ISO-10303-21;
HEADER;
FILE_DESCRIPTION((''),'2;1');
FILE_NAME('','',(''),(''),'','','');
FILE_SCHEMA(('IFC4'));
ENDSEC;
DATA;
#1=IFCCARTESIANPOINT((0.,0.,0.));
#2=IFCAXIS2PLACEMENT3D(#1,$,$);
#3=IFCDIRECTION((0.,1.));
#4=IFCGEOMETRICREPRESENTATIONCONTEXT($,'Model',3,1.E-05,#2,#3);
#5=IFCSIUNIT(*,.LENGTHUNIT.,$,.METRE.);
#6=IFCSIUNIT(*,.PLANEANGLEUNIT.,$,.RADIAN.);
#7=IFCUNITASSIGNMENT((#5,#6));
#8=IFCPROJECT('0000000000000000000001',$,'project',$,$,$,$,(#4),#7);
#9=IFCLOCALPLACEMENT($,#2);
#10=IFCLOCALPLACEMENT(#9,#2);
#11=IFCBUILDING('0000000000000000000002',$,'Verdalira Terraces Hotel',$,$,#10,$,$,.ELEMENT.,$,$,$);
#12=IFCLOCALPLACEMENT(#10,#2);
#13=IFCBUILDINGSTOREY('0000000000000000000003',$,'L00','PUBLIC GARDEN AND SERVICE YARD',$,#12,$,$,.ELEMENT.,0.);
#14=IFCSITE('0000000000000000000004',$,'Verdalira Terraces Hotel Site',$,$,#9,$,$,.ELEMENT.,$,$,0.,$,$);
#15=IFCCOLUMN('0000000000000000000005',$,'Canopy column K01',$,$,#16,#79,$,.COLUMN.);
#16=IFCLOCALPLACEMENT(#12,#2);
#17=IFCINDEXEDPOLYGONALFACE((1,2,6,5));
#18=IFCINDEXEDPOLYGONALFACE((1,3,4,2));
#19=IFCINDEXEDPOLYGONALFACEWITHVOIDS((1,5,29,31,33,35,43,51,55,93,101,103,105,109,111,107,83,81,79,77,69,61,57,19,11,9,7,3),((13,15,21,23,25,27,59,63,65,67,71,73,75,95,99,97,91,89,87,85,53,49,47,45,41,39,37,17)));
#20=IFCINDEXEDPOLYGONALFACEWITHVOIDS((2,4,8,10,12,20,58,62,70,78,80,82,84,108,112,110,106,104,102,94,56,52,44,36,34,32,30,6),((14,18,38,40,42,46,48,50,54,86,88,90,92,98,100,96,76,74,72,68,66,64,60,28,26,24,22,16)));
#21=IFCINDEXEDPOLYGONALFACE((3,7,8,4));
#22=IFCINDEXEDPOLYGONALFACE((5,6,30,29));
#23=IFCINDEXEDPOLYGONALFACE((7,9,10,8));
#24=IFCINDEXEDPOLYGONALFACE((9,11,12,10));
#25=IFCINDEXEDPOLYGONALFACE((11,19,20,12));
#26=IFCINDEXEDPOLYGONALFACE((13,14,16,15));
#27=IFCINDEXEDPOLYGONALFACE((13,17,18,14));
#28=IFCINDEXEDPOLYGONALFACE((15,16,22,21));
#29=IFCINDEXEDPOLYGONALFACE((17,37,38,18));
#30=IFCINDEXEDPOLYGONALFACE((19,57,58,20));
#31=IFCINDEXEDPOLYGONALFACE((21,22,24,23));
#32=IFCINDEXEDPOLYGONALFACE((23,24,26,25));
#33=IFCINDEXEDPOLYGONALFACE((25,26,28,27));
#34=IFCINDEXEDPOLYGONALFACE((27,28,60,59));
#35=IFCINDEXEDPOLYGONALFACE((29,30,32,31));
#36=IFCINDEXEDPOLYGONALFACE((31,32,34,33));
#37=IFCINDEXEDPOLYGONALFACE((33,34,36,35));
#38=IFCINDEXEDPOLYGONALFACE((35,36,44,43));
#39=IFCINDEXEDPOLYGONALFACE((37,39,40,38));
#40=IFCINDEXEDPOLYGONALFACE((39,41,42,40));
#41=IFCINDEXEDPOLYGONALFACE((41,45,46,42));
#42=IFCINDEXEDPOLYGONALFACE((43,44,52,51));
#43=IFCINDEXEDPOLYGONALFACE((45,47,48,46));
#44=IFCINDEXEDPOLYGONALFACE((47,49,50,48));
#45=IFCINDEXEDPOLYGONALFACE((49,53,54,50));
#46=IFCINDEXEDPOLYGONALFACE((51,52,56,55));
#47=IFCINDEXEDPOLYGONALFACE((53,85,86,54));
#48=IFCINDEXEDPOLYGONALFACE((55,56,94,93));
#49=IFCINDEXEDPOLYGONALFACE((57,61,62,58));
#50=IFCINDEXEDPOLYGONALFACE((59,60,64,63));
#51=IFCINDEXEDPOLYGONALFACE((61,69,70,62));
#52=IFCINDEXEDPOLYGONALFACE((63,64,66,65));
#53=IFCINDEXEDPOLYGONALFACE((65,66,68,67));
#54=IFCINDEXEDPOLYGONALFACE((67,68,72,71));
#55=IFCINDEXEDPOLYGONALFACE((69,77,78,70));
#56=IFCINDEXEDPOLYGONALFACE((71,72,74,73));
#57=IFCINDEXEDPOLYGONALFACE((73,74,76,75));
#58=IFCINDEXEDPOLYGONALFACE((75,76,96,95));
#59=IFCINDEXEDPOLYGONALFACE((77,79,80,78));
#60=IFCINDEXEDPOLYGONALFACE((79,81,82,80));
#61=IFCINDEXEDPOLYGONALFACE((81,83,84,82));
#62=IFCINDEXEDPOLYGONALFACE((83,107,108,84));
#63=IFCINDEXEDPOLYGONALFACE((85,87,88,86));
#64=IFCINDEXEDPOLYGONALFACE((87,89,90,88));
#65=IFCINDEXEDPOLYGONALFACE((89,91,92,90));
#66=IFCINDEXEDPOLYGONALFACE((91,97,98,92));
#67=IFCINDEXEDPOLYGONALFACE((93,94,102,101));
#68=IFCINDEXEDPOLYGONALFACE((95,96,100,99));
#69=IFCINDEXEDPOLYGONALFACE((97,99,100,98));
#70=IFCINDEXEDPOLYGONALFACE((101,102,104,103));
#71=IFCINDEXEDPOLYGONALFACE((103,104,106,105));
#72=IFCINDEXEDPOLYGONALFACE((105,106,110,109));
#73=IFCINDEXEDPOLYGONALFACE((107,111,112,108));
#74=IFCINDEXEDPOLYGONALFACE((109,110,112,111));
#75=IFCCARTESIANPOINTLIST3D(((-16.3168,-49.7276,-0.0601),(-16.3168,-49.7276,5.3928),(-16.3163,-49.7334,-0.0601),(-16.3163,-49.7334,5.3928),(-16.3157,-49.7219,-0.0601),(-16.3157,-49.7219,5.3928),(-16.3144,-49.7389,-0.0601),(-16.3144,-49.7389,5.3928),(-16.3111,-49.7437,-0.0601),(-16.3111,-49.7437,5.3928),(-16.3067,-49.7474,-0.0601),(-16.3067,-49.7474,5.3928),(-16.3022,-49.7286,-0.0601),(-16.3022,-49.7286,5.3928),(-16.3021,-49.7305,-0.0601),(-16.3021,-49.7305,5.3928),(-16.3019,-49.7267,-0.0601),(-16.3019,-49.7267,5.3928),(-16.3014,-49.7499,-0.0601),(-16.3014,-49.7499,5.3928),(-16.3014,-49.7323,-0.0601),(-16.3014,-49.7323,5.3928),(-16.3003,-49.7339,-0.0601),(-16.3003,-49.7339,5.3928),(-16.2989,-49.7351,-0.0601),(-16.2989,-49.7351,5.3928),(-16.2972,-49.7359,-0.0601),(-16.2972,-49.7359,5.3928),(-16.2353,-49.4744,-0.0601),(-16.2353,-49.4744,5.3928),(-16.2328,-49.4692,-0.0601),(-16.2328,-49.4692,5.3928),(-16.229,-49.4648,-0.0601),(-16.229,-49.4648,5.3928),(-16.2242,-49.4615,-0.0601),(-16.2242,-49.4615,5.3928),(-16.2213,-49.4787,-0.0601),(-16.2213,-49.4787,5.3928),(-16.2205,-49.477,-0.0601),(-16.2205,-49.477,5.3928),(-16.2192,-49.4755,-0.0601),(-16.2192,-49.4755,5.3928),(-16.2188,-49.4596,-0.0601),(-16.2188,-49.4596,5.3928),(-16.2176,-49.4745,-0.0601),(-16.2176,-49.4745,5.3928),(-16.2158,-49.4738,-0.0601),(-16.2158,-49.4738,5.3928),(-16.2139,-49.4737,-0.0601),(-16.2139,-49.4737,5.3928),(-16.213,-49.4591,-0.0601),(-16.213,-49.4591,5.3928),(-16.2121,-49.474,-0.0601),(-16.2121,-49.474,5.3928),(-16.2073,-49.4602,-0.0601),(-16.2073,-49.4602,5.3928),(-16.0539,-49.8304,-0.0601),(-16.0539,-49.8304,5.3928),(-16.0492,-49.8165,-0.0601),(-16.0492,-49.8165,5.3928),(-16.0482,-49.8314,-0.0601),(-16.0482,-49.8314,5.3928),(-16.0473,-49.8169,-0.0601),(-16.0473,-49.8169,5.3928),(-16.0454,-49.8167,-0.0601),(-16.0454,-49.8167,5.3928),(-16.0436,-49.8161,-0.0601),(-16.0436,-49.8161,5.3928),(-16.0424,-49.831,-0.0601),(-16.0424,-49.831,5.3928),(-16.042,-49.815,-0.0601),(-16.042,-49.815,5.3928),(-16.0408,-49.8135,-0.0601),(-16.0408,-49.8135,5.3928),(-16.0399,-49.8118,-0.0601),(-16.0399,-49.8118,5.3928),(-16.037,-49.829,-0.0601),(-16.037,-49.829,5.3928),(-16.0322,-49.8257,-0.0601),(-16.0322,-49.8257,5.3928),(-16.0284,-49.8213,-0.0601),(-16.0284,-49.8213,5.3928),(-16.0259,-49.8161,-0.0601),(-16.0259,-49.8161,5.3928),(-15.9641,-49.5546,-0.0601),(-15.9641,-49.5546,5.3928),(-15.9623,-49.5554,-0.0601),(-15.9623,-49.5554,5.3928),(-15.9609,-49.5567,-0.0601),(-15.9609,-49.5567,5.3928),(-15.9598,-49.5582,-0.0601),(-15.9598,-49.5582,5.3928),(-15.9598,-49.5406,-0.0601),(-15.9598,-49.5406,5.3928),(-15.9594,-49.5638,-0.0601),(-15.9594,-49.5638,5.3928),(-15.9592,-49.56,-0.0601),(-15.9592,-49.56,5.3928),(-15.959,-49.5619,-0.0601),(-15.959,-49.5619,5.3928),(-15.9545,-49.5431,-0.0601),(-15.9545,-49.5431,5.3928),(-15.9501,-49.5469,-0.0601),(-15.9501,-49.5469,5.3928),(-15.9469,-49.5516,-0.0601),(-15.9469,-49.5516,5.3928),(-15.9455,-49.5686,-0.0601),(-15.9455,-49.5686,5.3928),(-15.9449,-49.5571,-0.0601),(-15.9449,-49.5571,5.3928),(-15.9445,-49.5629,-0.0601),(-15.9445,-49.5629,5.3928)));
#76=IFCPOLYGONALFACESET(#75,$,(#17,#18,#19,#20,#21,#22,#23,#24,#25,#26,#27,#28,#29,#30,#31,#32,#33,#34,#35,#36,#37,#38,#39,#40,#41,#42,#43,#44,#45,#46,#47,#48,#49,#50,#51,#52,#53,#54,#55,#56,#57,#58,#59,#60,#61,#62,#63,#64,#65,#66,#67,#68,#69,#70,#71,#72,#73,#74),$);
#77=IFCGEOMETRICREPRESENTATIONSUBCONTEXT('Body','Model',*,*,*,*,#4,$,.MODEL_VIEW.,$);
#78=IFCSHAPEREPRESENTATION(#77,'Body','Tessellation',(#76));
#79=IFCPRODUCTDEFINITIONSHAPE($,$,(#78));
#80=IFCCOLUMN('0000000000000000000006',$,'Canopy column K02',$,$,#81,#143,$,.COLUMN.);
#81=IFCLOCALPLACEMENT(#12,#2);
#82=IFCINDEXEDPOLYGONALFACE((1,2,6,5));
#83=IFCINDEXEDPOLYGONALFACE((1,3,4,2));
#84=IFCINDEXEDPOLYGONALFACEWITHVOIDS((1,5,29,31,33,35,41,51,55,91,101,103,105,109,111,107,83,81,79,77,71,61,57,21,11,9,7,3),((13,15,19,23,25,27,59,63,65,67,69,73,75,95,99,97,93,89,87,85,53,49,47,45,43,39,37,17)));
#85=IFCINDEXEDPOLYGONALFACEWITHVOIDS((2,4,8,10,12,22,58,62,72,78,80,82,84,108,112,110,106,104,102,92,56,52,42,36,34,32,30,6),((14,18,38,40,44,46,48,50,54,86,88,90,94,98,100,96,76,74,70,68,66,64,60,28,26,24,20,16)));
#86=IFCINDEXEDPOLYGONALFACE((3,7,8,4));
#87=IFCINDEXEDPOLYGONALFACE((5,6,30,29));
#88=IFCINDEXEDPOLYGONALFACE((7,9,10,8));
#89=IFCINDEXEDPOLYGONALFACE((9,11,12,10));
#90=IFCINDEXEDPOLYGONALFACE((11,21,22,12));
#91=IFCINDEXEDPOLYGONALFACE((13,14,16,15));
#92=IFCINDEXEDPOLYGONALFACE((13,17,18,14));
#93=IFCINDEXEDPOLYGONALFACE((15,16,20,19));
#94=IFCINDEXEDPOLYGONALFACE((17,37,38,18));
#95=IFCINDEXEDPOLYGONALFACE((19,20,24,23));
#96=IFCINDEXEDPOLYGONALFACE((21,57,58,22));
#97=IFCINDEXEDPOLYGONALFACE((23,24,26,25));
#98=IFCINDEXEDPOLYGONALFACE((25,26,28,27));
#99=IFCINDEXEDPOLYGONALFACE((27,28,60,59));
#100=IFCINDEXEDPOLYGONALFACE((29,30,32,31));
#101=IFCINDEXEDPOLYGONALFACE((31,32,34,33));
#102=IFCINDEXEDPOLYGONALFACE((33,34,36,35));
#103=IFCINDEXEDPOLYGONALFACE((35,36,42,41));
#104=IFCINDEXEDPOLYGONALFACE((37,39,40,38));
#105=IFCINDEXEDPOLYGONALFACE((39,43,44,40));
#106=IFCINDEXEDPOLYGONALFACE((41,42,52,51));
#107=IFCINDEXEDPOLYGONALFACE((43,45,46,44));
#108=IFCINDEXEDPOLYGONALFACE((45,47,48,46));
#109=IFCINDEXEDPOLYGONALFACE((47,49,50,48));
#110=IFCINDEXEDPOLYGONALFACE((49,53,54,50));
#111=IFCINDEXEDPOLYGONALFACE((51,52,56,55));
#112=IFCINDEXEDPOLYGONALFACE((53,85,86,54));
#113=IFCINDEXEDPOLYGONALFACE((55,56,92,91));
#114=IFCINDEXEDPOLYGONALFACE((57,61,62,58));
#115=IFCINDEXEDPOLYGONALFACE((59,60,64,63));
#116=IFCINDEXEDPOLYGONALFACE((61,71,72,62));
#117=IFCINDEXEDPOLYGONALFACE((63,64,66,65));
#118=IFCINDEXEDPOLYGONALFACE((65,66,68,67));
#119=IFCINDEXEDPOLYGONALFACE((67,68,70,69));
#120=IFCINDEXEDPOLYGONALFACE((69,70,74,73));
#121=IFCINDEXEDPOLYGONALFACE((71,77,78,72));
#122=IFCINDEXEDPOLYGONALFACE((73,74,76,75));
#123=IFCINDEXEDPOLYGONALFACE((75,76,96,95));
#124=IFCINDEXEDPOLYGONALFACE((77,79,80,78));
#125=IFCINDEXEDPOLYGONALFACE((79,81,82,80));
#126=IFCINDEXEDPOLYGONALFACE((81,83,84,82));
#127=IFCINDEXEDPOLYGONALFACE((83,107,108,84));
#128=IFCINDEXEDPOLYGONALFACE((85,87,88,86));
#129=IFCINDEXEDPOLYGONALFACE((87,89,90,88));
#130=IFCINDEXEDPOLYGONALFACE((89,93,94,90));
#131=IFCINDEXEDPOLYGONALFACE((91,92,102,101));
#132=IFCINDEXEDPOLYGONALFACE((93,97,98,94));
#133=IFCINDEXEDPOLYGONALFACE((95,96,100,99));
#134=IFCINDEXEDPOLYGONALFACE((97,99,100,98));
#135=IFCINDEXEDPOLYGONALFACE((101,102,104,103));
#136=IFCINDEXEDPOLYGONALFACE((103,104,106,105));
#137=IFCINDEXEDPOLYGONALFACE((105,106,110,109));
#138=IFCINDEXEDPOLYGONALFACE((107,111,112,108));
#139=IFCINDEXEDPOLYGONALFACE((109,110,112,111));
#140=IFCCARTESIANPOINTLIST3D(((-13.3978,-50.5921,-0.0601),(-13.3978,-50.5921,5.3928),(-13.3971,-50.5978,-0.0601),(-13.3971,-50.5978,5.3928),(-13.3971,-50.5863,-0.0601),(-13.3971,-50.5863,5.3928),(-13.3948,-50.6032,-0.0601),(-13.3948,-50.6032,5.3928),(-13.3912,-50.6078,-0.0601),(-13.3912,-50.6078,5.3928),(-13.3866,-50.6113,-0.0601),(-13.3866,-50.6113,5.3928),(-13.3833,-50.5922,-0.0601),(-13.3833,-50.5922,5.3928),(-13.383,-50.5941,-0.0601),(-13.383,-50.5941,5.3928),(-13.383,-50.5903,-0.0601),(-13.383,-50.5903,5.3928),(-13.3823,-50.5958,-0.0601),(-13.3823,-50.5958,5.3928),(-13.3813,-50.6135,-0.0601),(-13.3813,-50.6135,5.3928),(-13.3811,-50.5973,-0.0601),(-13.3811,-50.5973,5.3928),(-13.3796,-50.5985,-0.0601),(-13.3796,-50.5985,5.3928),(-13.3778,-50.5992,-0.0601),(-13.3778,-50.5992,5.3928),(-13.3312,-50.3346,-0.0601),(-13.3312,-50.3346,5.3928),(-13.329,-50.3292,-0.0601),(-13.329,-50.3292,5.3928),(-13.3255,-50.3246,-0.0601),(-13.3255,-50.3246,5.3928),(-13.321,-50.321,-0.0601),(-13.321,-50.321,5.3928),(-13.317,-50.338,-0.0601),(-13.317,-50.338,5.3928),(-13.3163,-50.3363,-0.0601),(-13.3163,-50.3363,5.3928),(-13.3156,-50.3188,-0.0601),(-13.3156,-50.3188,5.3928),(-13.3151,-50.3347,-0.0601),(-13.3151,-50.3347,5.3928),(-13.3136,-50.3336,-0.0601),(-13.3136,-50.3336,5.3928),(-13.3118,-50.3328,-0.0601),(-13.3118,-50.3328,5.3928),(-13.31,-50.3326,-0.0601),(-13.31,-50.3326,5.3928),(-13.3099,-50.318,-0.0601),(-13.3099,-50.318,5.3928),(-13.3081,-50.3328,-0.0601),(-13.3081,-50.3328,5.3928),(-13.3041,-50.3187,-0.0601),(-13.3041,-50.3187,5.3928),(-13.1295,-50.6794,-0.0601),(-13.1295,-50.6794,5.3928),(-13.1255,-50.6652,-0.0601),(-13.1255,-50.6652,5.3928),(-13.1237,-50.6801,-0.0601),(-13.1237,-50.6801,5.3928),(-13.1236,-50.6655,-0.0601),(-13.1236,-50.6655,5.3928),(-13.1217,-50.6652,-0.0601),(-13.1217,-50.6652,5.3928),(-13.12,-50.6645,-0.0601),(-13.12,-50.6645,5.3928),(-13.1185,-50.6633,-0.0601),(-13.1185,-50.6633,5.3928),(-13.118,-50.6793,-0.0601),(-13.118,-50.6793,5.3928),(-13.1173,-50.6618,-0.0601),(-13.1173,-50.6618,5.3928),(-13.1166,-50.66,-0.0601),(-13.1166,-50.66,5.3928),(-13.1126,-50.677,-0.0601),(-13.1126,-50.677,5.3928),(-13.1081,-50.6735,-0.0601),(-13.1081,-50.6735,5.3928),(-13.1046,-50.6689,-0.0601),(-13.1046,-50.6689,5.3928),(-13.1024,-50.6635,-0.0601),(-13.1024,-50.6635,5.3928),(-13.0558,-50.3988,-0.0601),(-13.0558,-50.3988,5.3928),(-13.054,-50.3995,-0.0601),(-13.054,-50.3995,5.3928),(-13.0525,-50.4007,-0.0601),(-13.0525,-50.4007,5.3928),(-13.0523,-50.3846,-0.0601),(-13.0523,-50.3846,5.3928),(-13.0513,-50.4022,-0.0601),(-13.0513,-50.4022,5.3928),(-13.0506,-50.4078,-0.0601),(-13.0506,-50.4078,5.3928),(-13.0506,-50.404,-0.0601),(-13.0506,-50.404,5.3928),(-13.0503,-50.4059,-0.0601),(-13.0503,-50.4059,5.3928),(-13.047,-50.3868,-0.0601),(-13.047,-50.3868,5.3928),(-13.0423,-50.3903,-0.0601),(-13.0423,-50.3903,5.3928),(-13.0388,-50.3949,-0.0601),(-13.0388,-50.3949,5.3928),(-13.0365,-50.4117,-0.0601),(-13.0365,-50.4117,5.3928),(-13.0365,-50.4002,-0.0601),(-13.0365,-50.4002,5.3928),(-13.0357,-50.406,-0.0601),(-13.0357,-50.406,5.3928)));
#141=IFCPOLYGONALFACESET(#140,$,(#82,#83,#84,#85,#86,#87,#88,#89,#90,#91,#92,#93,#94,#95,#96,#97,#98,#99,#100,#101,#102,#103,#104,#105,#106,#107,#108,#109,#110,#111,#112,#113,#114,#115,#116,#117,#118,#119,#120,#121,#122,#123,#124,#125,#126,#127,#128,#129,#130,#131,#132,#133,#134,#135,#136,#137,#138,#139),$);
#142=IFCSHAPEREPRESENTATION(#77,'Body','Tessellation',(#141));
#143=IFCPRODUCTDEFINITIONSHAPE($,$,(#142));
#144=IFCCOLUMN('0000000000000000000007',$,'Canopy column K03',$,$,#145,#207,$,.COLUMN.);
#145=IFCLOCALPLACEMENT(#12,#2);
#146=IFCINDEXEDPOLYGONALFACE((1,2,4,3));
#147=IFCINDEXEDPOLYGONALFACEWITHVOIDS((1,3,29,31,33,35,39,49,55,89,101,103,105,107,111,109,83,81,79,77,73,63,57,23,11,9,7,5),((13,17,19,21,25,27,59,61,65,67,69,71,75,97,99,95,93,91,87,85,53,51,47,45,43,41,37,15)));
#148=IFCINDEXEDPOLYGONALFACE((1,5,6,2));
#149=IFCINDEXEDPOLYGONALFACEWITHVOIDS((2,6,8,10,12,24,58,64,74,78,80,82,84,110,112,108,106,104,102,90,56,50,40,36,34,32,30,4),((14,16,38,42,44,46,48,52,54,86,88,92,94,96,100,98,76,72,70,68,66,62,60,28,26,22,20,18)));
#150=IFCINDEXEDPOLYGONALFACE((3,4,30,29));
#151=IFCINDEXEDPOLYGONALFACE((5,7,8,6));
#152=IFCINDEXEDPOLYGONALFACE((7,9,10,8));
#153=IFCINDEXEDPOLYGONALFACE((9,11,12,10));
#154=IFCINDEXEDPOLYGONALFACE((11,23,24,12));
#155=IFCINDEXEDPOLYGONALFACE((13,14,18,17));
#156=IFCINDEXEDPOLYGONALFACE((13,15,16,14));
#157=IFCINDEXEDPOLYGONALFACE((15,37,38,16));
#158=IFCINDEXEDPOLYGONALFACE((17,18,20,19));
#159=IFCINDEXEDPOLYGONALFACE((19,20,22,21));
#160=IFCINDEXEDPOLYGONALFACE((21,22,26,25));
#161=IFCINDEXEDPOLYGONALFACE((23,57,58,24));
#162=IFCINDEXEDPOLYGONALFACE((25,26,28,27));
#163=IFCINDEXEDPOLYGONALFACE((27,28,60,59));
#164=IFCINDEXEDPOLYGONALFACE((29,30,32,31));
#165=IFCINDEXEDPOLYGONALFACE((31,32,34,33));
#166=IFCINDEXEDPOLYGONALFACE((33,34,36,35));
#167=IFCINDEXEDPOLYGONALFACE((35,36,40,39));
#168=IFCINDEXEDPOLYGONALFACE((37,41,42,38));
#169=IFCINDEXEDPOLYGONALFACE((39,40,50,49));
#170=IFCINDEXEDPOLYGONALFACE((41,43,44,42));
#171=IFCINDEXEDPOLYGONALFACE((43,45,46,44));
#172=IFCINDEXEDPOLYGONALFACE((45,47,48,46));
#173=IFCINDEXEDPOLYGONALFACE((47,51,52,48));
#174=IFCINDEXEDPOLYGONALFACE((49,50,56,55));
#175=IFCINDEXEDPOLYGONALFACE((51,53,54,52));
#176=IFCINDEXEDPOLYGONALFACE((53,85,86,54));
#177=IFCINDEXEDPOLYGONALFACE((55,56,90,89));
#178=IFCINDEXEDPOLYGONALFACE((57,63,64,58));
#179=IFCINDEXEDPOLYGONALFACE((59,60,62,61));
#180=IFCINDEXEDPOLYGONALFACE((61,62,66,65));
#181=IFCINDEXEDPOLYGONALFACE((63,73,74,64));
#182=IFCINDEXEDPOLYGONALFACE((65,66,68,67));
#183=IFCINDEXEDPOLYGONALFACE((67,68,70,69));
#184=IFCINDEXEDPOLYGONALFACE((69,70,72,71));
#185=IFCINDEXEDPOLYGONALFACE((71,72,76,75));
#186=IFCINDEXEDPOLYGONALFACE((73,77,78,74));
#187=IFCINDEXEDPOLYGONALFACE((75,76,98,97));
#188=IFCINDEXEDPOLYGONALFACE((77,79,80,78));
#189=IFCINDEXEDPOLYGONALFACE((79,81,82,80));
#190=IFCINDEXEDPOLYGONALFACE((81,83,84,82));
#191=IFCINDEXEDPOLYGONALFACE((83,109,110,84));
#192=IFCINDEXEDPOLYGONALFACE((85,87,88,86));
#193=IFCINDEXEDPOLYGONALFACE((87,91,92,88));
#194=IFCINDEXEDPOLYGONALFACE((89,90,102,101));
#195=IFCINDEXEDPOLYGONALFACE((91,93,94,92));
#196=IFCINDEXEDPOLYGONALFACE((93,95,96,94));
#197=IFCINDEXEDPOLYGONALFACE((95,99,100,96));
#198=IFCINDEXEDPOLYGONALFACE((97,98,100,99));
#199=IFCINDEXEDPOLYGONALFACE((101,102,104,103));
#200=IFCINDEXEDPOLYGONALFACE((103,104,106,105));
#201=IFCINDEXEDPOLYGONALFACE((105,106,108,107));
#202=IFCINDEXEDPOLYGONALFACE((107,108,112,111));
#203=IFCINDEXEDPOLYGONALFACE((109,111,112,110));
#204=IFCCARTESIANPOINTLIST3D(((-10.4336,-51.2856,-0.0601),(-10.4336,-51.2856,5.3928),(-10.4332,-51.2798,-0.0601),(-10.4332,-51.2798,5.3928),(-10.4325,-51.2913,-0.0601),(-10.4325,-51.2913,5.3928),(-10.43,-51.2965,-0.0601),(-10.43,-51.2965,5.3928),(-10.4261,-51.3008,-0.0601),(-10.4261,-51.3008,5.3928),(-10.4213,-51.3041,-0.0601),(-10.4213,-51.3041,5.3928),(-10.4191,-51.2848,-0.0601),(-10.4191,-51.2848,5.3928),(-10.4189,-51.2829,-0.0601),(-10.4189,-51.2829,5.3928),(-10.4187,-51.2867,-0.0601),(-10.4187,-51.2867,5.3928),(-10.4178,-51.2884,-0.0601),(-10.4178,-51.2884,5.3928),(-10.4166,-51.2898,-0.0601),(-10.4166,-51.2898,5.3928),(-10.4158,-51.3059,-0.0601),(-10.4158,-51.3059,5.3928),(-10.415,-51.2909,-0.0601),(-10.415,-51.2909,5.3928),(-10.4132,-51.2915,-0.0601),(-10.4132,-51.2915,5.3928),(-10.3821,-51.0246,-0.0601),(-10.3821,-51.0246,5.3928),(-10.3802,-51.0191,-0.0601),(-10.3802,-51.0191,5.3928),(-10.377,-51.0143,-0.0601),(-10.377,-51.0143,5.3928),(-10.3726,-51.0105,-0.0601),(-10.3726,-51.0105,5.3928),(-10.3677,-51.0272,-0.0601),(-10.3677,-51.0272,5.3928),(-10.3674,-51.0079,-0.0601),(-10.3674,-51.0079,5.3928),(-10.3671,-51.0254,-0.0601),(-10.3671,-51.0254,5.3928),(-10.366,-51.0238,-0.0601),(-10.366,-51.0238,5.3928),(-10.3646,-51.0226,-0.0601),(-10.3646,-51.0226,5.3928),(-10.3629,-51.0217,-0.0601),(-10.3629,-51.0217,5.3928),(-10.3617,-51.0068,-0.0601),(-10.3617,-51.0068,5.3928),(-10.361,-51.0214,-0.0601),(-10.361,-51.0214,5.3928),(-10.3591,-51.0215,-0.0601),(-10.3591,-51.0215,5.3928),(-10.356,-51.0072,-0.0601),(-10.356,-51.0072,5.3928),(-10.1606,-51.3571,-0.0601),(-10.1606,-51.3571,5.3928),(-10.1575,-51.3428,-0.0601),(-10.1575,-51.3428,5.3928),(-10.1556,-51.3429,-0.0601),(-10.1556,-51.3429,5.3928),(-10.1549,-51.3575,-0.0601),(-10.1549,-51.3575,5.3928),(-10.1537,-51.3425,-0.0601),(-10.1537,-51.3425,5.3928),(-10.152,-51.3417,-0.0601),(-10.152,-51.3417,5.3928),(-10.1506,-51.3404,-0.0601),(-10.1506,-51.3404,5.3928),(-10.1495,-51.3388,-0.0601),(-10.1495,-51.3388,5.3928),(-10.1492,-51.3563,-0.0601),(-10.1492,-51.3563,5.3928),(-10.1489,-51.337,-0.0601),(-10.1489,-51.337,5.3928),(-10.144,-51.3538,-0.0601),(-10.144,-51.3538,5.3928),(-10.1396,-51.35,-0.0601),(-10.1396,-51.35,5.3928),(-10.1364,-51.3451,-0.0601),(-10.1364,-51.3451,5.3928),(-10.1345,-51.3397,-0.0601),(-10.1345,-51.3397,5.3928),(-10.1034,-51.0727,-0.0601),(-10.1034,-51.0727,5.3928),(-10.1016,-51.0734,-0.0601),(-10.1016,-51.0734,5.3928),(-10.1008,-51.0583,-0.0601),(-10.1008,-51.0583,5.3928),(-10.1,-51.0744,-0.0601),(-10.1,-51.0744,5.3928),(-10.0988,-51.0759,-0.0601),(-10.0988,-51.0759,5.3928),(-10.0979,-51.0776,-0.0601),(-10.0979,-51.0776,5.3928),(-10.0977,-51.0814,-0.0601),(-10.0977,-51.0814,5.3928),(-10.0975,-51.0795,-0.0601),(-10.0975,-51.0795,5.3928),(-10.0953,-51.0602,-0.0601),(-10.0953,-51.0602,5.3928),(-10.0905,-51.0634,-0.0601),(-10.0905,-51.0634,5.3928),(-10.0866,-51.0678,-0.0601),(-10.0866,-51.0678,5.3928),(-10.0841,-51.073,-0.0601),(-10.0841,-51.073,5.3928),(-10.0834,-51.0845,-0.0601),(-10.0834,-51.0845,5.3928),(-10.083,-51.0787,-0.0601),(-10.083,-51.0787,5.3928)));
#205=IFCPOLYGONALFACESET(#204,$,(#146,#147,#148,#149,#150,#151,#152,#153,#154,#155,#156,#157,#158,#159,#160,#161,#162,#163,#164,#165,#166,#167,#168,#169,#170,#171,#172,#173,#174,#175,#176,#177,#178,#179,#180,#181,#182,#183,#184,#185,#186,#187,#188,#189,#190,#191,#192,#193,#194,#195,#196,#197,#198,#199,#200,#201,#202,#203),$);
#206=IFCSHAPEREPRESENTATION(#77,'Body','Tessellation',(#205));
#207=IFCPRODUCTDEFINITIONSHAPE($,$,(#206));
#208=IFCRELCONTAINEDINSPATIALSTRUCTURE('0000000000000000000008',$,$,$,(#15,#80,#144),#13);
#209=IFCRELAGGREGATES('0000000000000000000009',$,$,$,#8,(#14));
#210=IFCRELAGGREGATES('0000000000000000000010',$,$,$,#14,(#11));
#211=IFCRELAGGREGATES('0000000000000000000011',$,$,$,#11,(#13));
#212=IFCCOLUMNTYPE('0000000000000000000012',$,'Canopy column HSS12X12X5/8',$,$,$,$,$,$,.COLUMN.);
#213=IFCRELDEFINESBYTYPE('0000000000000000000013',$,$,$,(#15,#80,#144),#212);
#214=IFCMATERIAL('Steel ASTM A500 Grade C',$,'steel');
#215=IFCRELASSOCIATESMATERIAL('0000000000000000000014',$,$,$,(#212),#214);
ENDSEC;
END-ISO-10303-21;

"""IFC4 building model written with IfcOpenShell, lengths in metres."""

from ifc_helpers import new_model, si_unit, direction, frame, origin, origin_2d, place, context, subcontext, project, spatial, hollow_rectangle, extrude, material, material_profile, profile_set, type_object, element, save


model = new_model("IFC4")

# Units and contexts
model_context = context("Model", 3, precision=1e-05, world=origin(), true_north=direction((0.0, 1.0)))
body_context = subcontext(model_context, "Body", "Model", "MODEL_VIEW")
ifc_project = project(units=[si_unit("LENGTHUNIT", "METRE"), si_unit("PLANEANGLEUNIT", "RADIAN")], contexts=[model_context])

# Site, building, storey
site_placement = place(None, origin())
site = spatial("IfcSite", under=ifc_project, at=site_placement, Name="Verdalira Terraces Hotel Site", CompositionType="ELEMENT", RefElevation=0.0)
building_placement = place(site_placement, origin())
building = spatial("IfcBuilding", under=site, at=building_placement, Name="Verdalira Terraces Hotel", CompositionType="ELEMENT")
storey_placement = place(building_placement, origin())
storey = spatial("IfcBuildingStorey", under=building, at=storey_placement, Name="L00", Description="PUBLIC GARDEN AND SERVICE YARD", CompositionType="ELEMENT", Elevation=0.0)

# Columns
ifc_material_1 = material(Name="Steel ASTM A500 Grade C", Category="steel")
ifc_material_profile_1 = material_profile(ifc_material_1, hollow_rectangle(XDim=0.3047, YDim=0.3047, WallThickness=0.0146, InnerFilletRadius=0.0073, OuterFilletRadius=0.0222, at=origin_2d()), Name="HSS12X12X5/8")
ifc_profile_set_1 = profile_set([ifc_material_profile_1], Name="Steel ASTM A500 Grade C")
column_type = type_object("IfcColumnType", Name="Canopy column HSS12X12X5/8", PredefinedType="COLUMN", material=ifc_profile_set_1)
for number, where, z_axis, x_axis, name in (
    (1, (-16.1306, -49.6453, -0.0601), (0.0, 0.0, 1.0), (-0.309017, -0.951057, 0.0), "Canopy column K01"),
    (2, (-13.2168, -50.499, -0.0601), (0.0, 0.0, 1.0), (-0.253196, -0.967415, 0.0), "Canopy column K02"),
    (3, (-10.2583, -51.1821, -0.0601), (0.0, 0.0, 1.0), (-0.196516, -0.980501, 0.0), "Canopy column K03"),
):
    element("IfcColumn", number, at=place(storey_placement, frame(where, z_axis=z_axis, x_axis=x_axis)), inside=storey, type_object=column_type, Name=name, PredefinedType="COLUMN", context=body_context, shape_type="SweptSolid", body=[
        extrude(hollow_rectangle(XDim=0.3047, YDim=0.3047, WallThickness=0.0146, InnerFilletRadius=0.0073, OuterFilletRadius=0.0222, at=origin_2d()), origin(), (0.0, 0.0, 1.0), 5.4529),
    ])

save(model, "model.ifc")
